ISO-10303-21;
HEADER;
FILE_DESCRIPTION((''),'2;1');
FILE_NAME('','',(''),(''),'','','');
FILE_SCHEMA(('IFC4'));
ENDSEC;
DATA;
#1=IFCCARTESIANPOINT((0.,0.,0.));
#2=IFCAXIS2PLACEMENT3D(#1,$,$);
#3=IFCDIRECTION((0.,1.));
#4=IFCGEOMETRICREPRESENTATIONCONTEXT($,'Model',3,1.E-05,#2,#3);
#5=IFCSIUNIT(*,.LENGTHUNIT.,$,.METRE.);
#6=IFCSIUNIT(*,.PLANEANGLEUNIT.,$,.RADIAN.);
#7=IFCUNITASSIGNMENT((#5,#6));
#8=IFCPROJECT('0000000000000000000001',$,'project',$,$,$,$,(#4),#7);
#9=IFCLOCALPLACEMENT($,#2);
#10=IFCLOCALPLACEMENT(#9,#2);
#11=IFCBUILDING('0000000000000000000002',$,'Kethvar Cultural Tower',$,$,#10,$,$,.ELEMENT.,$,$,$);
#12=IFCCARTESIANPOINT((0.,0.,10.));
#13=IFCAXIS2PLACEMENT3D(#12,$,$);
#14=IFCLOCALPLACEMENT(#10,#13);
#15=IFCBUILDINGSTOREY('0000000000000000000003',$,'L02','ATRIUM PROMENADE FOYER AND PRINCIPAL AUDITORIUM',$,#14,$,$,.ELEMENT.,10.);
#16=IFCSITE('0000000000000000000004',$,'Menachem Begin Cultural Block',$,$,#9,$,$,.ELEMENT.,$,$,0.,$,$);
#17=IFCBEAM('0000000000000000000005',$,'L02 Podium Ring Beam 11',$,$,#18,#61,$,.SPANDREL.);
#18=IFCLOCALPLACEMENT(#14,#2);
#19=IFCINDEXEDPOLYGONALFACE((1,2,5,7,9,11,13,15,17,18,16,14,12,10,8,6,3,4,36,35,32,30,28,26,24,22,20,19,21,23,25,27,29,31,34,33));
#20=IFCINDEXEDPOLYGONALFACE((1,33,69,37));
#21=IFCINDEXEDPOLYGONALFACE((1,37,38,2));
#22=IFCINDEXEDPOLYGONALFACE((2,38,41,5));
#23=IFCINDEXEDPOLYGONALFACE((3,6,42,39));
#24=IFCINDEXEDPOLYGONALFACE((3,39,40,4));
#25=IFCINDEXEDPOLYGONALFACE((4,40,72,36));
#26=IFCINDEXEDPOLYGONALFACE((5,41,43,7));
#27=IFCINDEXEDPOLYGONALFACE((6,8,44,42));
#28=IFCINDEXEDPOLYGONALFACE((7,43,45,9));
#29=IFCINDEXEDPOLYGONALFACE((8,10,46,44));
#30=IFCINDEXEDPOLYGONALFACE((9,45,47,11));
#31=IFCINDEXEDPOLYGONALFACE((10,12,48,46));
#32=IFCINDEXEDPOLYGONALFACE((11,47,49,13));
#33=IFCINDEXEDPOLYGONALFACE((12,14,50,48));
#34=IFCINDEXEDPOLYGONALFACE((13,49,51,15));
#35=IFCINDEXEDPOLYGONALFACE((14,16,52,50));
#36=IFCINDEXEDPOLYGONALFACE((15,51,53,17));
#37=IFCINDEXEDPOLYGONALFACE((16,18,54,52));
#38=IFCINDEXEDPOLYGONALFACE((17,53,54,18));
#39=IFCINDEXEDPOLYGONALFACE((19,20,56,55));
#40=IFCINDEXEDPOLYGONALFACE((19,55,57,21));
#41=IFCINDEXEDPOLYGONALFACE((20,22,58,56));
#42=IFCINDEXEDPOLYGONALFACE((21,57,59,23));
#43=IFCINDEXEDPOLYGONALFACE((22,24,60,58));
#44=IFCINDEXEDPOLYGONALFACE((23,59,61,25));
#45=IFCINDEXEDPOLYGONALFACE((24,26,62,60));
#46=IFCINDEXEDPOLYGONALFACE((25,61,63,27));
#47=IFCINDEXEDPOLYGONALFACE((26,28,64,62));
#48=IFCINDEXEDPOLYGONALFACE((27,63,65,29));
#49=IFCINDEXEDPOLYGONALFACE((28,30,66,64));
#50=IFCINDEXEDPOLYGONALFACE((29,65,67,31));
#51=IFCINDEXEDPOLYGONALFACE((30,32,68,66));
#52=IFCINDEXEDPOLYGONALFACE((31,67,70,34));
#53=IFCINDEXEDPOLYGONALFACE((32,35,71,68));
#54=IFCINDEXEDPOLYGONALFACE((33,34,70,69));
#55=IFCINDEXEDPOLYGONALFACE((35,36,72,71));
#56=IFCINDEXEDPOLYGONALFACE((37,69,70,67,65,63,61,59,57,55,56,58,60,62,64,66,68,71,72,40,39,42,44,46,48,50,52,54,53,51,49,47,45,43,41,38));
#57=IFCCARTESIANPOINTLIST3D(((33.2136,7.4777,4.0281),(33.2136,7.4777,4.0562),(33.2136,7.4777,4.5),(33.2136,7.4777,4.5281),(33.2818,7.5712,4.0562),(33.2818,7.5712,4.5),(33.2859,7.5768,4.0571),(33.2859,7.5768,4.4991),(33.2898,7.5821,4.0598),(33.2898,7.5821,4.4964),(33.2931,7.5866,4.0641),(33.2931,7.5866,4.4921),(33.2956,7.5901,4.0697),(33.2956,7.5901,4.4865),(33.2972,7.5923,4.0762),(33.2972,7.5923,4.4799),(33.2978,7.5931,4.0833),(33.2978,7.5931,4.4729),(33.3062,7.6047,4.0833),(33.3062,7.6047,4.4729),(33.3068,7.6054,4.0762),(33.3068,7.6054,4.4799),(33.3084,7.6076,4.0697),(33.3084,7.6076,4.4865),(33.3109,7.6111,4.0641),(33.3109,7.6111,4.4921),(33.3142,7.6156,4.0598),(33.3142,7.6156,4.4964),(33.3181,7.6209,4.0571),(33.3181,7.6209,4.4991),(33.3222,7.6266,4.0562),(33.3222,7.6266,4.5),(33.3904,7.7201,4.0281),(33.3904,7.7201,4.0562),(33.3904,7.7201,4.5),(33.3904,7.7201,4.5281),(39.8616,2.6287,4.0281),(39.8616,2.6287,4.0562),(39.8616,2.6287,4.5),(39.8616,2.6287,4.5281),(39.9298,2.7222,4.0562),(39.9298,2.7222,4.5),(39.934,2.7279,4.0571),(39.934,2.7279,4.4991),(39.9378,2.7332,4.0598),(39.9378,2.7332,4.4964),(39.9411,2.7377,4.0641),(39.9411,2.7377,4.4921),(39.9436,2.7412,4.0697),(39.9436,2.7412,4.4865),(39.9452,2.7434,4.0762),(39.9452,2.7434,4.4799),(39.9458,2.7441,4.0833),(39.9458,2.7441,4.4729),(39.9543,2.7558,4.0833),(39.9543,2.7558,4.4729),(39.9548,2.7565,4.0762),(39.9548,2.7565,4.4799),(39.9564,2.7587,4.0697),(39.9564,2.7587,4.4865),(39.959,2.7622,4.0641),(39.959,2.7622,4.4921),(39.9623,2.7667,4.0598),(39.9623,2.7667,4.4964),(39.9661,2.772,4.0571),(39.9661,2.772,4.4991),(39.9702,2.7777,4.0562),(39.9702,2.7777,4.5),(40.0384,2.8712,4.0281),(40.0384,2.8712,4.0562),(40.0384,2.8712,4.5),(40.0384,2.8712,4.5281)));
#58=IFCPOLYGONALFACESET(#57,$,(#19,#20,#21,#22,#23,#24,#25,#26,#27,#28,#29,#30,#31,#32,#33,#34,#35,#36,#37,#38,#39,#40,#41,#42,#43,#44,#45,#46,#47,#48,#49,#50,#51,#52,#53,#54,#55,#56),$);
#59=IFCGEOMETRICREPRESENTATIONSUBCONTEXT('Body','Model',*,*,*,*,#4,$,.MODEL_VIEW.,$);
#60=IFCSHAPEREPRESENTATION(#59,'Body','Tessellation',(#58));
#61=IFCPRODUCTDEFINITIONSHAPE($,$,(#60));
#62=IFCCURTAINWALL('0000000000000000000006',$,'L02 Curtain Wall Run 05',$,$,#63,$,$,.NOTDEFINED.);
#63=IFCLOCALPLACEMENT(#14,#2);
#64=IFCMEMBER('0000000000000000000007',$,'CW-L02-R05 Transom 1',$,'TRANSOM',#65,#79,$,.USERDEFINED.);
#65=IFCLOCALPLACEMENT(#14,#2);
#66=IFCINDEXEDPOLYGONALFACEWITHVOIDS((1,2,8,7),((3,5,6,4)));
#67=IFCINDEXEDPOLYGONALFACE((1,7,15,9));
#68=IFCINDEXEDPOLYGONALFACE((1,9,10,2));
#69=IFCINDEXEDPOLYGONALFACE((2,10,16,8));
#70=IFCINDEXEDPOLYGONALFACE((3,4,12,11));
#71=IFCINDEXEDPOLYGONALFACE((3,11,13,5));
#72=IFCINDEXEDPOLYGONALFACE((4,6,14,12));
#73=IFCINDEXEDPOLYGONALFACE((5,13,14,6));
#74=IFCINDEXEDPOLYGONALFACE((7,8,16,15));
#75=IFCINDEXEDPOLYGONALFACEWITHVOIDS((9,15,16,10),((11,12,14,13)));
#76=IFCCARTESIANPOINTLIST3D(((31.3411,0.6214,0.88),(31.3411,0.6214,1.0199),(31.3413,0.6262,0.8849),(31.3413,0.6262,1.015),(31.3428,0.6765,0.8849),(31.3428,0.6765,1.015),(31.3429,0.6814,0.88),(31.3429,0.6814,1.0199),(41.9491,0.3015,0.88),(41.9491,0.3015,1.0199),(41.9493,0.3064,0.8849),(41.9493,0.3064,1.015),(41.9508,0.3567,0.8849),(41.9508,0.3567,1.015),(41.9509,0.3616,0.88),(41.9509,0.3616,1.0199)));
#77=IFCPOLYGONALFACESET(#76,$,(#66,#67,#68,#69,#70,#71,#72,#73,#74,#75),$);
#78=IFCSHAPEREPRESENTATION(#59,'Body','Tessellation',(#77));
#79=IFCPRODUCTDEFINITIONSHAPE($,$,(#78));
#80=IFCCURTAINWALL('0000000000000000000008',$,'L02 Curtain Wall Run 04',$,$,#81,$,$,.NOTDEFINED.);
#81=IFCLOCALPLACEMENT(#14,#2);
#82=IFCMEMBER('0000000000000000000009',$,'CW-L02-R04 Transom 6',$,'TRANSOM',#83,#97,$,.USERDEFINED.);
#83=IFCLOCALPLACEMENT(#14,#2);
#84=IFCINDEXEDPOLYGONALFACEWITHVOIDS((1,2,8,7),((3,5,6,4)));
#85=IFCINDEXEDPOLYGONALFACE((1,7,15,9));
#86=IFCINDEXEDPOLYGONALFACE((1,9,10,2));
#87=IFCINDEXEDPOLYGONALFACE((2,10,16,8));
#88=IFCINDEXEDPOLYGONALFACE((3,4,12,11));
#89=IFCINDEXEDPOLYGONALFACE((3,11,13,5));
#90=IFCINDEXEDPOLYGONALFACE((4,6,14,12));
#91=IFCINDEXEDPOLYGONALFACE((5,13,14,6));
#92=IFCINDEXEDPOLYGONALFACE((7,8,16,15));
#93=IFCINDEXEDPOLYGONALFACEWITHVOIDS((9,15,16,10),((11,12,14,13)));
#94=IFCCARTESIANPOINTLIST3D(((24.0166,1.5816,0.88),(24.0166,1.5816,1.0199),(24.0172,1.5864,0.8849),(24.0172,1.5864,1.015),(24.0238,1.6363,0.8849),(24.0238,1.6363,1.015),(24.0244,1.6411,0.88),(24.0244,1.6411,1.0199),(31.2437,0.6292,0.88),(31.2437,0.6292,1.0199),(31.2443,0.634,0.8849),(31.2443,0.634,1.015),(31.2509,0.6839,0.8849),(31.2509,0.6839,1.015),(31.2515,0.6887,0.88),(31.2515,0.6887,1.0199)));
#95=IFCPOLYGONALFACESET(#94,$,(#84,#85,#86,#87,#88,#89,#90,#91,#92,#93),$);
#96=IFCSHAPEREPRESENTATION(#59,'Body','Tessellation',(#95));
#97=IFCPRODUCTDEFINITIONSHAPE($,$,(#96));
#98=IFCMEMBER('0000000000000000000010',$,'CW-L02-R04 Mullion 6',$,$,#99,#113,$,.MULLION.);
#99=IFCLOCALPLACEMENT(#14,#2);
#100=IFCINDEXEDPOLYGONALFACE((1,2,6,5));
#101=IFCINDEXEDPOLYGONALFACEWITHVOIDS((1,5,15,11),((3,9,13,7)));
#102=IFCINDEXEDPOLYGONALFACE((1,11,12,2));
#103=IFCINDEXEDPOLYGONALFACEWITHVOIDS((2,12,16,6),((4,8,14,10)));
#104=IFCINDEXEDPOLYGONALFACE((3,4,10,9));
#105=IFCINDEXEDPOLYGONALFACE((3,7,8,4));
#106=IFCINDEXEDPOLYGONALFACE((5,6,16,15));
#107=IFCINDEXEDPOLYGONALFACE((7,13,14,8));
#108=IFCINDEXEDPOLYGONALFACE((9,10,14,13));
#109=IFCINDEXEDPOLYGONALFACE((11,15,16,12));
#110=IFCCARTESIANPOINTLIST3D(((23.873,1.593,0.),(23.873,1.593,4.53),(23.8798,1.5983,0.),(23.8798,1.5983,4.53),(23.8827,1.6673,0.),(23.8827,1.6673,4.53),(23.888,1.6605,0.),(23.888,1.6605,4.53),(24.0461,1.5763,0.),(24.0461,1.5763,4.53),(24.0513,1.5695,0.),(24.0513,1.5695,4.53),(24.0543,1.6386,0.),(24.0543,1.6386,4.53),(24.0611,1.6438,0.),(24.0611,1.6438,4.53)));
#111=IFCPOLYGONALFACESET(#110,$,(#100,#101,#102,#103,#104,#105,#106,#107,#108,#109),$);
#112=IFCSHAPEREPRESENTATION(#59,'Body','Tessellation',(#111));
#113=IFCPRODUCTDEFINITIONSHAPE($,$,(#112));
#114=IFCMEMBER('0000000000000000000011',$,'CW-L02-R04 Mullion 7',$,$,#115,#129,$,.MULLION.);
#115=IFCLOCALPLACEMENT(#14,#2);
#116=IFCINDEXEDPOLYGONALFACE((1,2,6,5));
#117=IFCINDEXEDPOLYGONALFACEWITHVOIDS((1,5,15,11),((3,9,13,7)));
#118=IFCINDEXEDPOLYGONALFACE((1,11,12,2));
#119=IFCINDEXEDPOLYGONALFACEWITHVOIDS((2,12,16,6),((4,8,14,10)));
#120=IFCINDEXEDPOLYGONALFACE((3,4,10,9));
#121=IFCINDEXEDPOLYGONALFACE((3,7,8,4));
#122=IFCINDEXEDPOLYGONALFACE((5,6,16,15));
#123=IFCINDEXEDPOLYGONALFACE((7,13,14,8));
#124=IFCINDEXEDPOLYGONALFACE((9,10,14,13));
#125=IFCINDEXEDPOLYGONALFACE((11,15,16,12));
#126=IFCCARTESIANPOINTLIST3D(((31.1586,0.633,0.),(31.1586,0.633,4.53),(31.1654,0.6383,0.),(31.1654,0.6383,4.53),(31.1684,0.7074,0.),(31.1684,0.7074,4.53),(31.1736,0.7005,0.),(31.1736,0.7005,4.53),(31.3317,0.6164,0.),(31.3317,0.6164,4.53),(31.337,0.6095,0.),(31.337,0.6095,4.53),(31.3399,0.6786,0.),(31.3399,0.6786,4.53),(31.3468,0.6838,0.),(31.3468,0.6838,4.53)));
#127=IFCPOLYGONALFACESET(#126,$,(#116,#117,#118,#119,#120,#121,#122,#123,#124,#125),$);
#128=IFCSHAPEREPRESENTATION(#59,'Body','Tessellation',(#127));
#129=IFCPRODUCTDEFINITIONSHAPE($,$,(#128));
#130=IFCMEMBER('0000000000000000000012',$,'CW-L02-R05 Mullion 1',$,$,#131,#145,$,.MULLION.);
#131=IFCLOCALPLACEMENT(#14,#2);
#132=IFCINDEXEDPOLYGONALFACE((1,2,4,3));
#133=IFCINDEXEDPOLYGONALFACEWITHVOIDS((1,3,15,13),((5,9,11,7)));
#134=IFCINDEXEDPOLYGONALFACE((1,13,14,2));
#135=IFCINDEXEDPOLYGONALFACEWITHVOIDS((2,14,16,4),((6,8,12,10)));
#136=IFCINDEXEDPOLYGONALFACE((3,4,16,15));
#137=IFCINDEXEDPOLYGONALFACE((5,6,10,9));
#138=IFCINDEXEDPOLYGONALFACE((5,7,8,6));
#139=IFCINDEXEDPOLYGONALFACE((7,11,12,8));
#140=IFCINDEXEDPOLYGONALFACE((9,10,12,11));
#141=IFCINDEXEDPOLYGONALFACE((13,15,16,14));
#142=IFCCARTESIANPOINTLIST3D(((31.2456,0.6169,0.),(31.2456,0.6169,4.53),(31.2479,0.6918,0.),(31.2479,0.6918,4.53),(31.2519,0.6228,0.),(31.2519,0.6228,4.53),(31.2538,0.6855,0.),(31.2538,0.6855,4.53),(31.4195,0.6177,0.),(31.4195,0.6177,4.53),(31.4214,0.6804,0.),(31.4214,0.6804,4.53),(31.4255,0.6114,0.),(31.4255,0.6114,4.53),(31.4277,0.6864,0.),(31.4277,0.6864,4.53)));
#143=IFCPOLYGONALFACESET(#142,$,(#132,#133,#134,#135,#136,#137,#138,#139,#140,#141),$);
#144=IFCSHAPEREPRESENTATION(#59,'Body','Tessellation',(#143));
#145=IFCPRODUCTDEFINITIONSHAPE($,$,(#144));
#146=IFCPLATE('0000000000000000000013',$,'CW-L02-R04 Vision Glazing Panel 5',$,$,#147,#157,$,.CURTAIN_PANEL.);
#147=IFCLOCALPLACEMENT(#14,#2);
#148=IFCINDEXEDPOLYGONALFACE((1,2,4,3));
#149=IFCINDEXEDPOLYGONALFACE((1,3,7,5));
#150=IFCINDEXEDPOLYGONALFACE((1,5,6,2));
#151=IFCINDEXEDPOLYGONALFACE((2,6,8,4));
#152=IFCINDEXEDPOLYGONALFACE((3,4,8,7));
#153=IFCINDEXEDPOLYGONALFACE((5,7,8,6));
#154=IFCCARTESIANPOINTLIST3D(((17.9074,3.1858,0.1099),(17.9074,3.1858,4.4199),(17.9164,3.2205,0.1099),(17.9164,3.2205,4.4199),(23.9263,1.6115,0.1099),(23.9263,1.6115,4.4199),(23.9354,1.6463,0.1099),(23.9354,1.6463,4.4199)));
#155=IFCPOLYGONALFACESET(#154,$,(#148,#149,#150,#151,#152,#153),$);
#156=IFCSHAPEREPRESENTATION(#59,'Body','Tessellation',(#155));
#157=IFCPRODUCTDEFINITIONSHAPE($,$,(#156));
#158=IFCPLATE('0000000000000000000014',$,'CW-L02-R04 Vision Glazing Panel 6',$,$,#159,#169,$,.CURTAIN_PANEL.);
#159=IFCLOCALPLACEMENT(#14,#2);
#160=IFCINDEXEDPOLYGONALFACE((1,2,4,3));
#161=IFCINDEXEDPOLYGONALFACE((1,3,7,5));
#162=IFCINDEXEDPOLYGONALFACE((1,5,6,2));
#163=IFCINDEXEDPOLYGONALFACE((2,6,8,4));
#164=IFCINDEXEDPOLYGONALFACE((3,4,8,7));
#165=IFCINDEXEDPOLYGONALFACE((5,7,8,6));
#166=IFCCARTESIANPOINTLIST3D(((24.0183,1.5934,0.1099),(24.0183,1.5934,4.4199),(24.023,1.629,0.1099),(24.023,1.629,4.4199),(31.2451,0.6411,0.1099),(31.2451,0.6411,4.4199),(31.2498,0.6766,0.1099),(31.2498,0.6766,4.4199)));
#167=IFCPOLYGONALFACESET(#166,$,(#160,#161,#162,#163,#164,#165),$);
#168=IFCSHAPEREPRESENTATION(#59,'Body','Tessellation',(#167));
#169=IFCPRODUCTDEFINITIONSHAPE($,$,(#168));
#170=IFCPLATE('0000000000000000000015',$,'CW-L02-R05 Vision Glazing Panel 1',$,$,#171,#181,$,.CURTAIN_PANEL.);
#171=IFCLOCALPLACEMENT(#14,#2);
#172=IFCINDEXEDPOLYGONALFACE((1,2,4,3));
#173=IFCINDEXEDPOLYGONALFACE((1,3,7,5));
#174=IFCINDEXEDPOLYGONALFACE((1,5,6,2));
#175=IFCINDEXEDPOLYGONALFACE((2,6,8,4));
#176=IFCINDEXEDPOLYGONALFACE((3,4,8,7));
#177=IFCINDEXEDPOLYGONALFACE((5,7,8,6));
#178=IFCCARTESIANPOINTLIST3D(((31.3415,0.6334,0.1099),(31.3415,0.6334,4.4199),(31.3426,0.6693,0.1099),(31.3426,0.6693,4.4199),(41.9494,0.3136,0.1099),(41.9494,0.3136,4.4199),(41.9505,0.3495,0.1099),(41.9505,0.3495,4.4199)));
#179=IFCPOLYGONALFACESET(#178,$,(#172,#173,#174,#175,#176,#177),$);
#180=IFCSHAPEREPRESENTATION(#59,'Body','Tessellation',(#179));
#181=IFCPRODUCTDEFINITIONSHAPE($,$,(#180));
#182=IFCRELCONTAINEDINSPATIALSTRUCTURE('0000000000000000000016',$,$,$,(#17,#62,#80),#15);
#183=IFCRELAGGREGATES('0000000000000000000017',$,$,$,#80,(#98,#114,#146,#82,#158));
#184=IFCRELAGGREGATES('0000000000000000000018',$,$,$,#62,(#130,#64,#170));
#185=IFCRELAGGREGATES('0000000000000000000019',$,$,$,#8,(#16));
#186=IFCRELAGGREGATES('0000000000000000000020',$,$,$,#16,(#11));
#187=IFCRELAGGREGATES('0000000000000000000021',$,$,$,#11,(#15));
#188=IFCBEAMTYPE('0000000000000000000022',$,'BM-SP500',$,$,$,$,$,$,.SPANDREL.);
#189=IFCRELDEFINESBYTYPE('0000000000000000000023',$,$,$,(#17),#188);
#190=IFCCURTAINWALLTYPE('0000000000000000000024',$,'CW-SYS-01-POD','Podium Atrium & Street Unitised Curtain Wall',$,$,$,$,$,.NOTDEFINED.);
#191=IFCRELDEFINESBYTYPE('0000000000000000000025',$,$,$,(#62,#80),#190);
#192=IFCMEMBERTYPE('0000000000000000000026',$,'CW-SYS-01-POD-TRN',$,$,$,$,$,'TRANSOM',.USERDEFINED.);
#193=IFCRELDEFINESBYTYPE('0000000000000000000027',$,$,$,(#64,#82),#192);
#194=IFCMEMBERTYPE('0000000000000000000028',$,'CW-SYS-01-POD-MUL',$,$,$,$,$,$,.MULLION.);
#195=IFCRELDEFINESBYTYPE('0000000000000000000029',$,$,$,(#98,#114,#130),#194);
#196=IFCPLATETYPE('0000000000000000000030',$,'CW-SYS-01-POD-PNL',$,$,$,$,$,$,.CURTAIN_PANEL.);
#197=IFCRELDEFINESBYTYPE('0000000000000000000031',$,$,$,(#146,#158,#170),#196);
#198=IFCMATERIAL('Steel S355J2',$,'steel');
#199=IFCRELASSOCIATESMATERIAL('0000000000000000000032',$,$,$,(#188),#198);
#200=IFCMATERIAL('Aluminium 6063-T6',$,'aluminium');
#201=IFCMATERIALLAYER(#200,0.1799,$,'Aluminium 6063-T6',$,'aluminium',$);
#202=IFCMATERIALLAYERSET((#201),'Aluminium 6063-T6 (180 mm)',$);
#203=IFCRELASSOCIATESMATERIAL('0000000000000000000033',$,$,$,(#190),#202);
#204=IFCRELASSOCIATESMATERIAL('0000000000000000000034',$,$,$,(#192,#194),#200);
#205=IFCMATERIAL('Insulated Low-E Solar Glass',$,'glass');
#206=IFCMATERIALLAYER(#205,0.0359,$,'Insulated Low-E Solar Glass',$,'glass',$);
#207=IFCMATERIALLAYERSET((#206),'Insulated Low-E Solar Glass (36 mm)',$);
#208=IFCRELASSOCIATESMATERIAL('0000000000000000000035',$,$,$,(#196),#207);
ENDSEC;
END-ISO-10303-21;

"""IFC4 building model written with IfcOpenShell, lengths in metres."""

from ifc_helpers import new_model, si_unit, direction, frame, origin, origin_2d, place, context, subcontext, project, spatial, rectangle, hollow_rectangle, i_section, extrude, source, transform, mapped, material, layer, layer_set, material_profile, profile_set, type_object, element, aggregate, save


model = new_model("IFC4")

# Units and contexts
model_context = context("Model", 3, precision=1e-05, world=origin(), true_north=direction((0.0, 1.0)))
body_context = subcontext(model_context, "Body", "Model", "MODEL_VIEW")
ifc_project = project(units=[si_unit("LENGTHUNIT", "METRE"), si_unit("PLANEANGLEUNIT", "RADIAN")], contexts=[model_context])

# Site, building, storey
site_placement = place(None, origin())
site = spatial("IfcSite", under=ifc_project, at=site_placement, Name="Menachem Begin Cultural Block", CompositionType="ELEMENT", RefElevation=0.0)
building_placement = place(site_placement, origin())
building = spatial("IfcBuilding", under=site, at=building_placement, Name="Kethvar Cultural Tower", CompositionType="ELEMENT")
storey_placement = place(building_placement, frame((0.0, 0.0, 10.0)))
storey = spatial("IfcBuildingStorey", under=building, at=storey_placement, Name="L02", Description="ATRIUM PROMENADE FOYER AND PRINCIPAL AUDITORIUM", CompositionType="ELEMENT", Elevation=10.0)

# Beam
ifc_material_1 = material(Name="Steel S355J2", Category="steel")
ifc_material_profile_1 = material_profile(ifc_material_1, i_section(OverallWidth=0.3, OverallDepth=0.5, WebThickness=0.0144, FlangeThickness=0.0281, FilletRadius=0.0271, at=origin_2d()), Name="Steel S355J2 — HEB500")
ifc_profile_set_1 = profile_set([ifc_material_profile_1], Name="Steel S355J2 — HEB500")
beam_type = type_object("IfcBeamType", Name="BM-SP500", PredefinedType="SPANDREL", material=ifc_profile_set_1)
shared_shape_1 = source(origin(), body_context, "Body", "SweptSolid", [
    extrude(i_section(OverallWidth=0.3, OverallDepth=0.5, WebThickness=0.0144, FlangeThickness=0.0281, FilletRadius=0.0271, at=origin_2d()), origin(), (0.0, 0.0, 1.0), 8.2285),
])
beam_1_placement = place(storey_placement, frame((33.302, 7.5989, 4.2781), z_axis=(0.807926, -0.589284, 0.0), x_axis=(0.589284, 0.807926, 0.0)))
element("IfcBeam", 1, at=beam_1_placement, inside=storey, type_object=beam_type, Name="L02 Podium Ring Beam 11", PredefinedType="SPANDREL", context=body_context, shape_type="MappedRepresentation", body=[
    mapped(shared_shape_1, transform((0.0, 0.0, 0.0), scale=1.0)),
])

# Curtain wall, member
ifc_material_2 = material(Name="Aluminium 6063-T6", Category="aluminium")
ifc_layer_1 = layer(ifc_material_2, 0.1799, Name="Aluminium 6063-T6", Category="aluminium")
ifc_layer_set_1 = layer_set([ifc_layer_1], Name="Aluminium 6063-T6 (180 mm)")
curtain_wall_type = type_object("IfcCurtainWallType", Name="CW-SYS-01-POD", Description="Podium Atrium & Street Unitised Curtain Wall", PredefinedType="NOTDEFINED", material=ifc_layer_set_1)
curtain_wall_1_placement = place(storey_placement, origin())
curtain_wall_1 = element("IfcCurtainWall", 2, at=curtain_wall_1_placement, inside=storey, type_object=curtain_wall_type, Name="L02 Curtain Wall Run 05", PredefinedType="NOTDEFINED")
ifc_material_profile_2 = material_profile(ifc_material_2, hollow_rectangle(XDim=0.0601, YDim=0.1399, WallThickness=0.0049, at=origin_2d()), Name="Aluminium 6063-T6 — RHS140x60x5")
ifc_profile_set_2 = profile_set([ifc_material_profile_2], Name="Aluminium 6063-T6 — RHS140x60x5")
member_type_1 = type_object("IfcMemberType", Name="CW-SYS-01-POD-TRN", ElementType="TRANSOM", PredefinedType="USERDEFINED", material=ifc_profile_set_2)
shared_shape_2 = source(origin(), body_context, "Body", "SweptSolid", [
    extrude(hollow_rectangle(XDim=0.0601, YDim=0.1399, WallThickness=0.0049, at=origin_2d()), origin(), (0.0, 0.0, 1.0), 10.6128),
])
member_1_placement = place(storey_placement, frame((31.342, 0.6514, 0.95), z_axis=(0.999546, -0.030136, 0.0), x_axis=(0.030136, 0.999546, 0.0)))
member_1 = element("IfcMember", 3, at=member_1_placement, type_object=member_type_1, Name="CW-L02-R05 Transom 1", ObjectType="TRANSOM", PredefinedType="USERDEFINED", context=body_context, shape_type="MappedRepresentation", body=[
    mapped(shared_shape_2, transform((0.0, 0.0, 0.0), scale=1.0)),
])

# Curtain wall, members
curtain_wall_2_placement = place(storey_placement, origin())
curtain_wall_2 = element("IfcCurtainWall", 4, at=curtain_wall_2_placement, inside=storey, type_object=curtain_wall_type, Name="L02 Curtain Wall Run 04", PredefinedType="NOTDEFINED")
shared_shape_3 = source(origin(), body_context, "Body", "SweptSolid", [
    extrude(hollow_rectangle(XDim=0.0601, YDim=0.1399, WallThickness=0.0049, at=origin_2d()), origin(), (0.0, 0.0, 1.0), 7.2896),
])
member_2_placement = place(storey_placement, frame((24.0205, 1.6113, 0.95), z_axis=(0.991428, -0.130652, 0.0), x_axis=(0.130652, 0.991428, 0.0)))
member_2 = element("IfcMember", 5, at=member_2_placement, type_object=member_type_1, Name="CW-L02-R04 Transom 6", ObjectType="TRANSOM", PredefinedType="USERDEFINED", context=body_context, shape_type="MappedRepresentation", body=[
    mapped(shared_shape_3, transform((0.0, 0.0, 0.0), scale=1.0)),
])
ifc_material_profile_3 = material_profile(ifc_material_2, hollow_rectangle(XDim=0.075, YDim=0.1799, WallThickness=0.0061, at=origin_2d()), Name="Aluminium 6063-T6 — RHS180x75x6")
ifc_profile_set_3 = profile_set([ifc_material_profile_3], Name="Aluminium 6063-T6 — RHS180x75x6")
member_type_2 = type_object("IfcMemberType", Name="CW-SYS-01-POD-MUL", PredefinedType="MULLION", material=ifc_profile_set_3)
shared_shape_4 = source(origin(), body_context, "Body", "SweptSolid", [
    extrude(hollow_rectangle(XDim=0.075, YDim=0.1799, WallThickness=0.0061, at=origin_2d()), origin(), (0.0, 0.0, 1.0), 4.53),
])
member_3_placement = place(storey_placement, frame((23.967, 1.6184, 0.0), z_axis=(0.0, 0.0, 1.0), x_axis=(0.130647, 0.991429, 0.0)))
member_3 = element("IfcMember", 6, at=member_3_placement, type_object=member_type_2, Name="CW-L02-R04 Mullion 6", PredefinedType="MULLION", context=body_context, shape_type="MappedRepresentation", body=[
    mapped(shared_shape_4, transform((0.0, 0.0, 0.0), scale=1.0)),
])
member_4_placement = place(storey_placement, frame((31.2527, 0.6584, 0.0), z_axis=(0.0, 0.0, 1.0), x_axis=(0.130647, 0.991429, 0.0)))
member_4 = element("IfcMember", 7, at=member_4_placement, type_object=member_type_2, Name="CW-L02-R04 Mullion 7", PredefinedType="MULLION", context=body_context, shape_type="MappedRepresentation", body=[
    mapped(shared_shape_4, transform((0.0, 0.0, 0.0), scale=1.0)),
])

# Member
member_5_placement = place(storey_placement, frame((31.3367, 0.6516, 0.0), z_axis=(0.0, 0.0, 1.0), x_axis=(0.030137, 0.999546, 0.0)))
member_5 = element("IfcMember", 8, at=member_5_placement, type_object=member_type_2, Name="CW-L02-R05 Mullion 1", PredefinedType="MULLION", context=body_context, shape_type="MappedRepresentation", body=[
    mapped(shared_shape_4, transform((0.0, 0.0, 0.0), scale=1.0)),
])

# Plates
ifc_material_3 = material(Name="Insulated Low-E Solar Glass", Category="glass")
ifc_layer_2 = layer(ifc_material_3, 0.0359, Name="Insulated Low-E Solar Glass", Category="glass")
ifc_layer_set_2 = layer_set([ifc_layer_2], Name="Insulated Low-E Solar Glass (36 mm)")
plate_type = type_object("IfcPlateType", Name="CW-SYS-01-POD-PNL", PredefinedType="CURTAIN_PANEL", material=ifc_layer_set_2)
shared_shape_5 = source(origin(), body_context, "Body", "SweptSolid", [
    extrude(rectangle(XDim=6.2214, YDim=0.0359, at=origin_2d()), origin(), (0.0, 0.0, 1.0), 4.3101),
])
plate_1_placement = place(storey_placement, frame((20.9214, 2.416, 0.1099), z_axis=(0.0, 0.0, 1.0), x_axis=(0.967458, -0.253032, 0.0)))
plate_1 = element("IfcPlate", 9, at=plate_1_placement, type_object=plate_type, Name="CW-L02-R04 Vision Glazing Panel 5", PredefinedType="CURTAIN_PANEL", context=body_context, shape_type="MappedRepresentation", body=[
    mapped(shared_shape_5, transform((0.0, 0.0, 0.0), scale=1.0)),
])
shared_shape_6 = source(origin(), body_context, "Body", "SweptSolid", [
    extrude(rectangle(XDim=7.2893, YDim=0.0359, at=origin_2d()), origin(), (0.0, 0.0, 1.0), 4.3101),
])
plate_2_placement = place(storey_placement, frame((27.634, 1.135, 0.1099), z_axis=(0.0, 0.0, 1.0), x_axis=(0.991429, -0.130647, 0.0)))
plate_2 = element("IfcPlate", 10, at=plate_2_placement, type_object=plate_type, Name="CW-L02-R04 Vision Glazing Panel 6", PredefinedType="CURTAIN_PANEL", context=body_context, shape_type="MappedRepresentation", body=[
    mapped(shared_shape_6, transform((0.0, 0.0, 0.0), scale=1.0)),
])
aggregate(curtain_wall_2, [member_3, member_4, plate_1, member_2, plate_2])
shared_shape_7 = source(origin(), body_context, "Body", "SweptSolid", [
    extrude(rectangle(XDim=10.6128, YDim=0.0359, at=origin_2d()), origin(), (0.0, 0.0, 1.0), 4.3101),
])
plate_3_placement = place(storey_placement, frame((36.646, 0.4915, 0.1099), z_axis=(0.0, 0.0, 1.0), x_axis=(0.999546, -0.030137, 0.0)))
plate_3 = element("IfcPlate", 11, at=plate_3_placement, type_object=plate_type, Name="CW-L02-R05 Vision Glazing Panel 1", PredefinedType="CURTAIN_PANEL", context=body_context, shape_type="MappedRepresentation", body=[
    mapped(shared_shape_7, transform((0.0, 0.0, 0.0), scale=1.0)),
])
aggregate(curtain_wall_1, [member_5, member_1, plate_3])

save(model, "model.ifc")
